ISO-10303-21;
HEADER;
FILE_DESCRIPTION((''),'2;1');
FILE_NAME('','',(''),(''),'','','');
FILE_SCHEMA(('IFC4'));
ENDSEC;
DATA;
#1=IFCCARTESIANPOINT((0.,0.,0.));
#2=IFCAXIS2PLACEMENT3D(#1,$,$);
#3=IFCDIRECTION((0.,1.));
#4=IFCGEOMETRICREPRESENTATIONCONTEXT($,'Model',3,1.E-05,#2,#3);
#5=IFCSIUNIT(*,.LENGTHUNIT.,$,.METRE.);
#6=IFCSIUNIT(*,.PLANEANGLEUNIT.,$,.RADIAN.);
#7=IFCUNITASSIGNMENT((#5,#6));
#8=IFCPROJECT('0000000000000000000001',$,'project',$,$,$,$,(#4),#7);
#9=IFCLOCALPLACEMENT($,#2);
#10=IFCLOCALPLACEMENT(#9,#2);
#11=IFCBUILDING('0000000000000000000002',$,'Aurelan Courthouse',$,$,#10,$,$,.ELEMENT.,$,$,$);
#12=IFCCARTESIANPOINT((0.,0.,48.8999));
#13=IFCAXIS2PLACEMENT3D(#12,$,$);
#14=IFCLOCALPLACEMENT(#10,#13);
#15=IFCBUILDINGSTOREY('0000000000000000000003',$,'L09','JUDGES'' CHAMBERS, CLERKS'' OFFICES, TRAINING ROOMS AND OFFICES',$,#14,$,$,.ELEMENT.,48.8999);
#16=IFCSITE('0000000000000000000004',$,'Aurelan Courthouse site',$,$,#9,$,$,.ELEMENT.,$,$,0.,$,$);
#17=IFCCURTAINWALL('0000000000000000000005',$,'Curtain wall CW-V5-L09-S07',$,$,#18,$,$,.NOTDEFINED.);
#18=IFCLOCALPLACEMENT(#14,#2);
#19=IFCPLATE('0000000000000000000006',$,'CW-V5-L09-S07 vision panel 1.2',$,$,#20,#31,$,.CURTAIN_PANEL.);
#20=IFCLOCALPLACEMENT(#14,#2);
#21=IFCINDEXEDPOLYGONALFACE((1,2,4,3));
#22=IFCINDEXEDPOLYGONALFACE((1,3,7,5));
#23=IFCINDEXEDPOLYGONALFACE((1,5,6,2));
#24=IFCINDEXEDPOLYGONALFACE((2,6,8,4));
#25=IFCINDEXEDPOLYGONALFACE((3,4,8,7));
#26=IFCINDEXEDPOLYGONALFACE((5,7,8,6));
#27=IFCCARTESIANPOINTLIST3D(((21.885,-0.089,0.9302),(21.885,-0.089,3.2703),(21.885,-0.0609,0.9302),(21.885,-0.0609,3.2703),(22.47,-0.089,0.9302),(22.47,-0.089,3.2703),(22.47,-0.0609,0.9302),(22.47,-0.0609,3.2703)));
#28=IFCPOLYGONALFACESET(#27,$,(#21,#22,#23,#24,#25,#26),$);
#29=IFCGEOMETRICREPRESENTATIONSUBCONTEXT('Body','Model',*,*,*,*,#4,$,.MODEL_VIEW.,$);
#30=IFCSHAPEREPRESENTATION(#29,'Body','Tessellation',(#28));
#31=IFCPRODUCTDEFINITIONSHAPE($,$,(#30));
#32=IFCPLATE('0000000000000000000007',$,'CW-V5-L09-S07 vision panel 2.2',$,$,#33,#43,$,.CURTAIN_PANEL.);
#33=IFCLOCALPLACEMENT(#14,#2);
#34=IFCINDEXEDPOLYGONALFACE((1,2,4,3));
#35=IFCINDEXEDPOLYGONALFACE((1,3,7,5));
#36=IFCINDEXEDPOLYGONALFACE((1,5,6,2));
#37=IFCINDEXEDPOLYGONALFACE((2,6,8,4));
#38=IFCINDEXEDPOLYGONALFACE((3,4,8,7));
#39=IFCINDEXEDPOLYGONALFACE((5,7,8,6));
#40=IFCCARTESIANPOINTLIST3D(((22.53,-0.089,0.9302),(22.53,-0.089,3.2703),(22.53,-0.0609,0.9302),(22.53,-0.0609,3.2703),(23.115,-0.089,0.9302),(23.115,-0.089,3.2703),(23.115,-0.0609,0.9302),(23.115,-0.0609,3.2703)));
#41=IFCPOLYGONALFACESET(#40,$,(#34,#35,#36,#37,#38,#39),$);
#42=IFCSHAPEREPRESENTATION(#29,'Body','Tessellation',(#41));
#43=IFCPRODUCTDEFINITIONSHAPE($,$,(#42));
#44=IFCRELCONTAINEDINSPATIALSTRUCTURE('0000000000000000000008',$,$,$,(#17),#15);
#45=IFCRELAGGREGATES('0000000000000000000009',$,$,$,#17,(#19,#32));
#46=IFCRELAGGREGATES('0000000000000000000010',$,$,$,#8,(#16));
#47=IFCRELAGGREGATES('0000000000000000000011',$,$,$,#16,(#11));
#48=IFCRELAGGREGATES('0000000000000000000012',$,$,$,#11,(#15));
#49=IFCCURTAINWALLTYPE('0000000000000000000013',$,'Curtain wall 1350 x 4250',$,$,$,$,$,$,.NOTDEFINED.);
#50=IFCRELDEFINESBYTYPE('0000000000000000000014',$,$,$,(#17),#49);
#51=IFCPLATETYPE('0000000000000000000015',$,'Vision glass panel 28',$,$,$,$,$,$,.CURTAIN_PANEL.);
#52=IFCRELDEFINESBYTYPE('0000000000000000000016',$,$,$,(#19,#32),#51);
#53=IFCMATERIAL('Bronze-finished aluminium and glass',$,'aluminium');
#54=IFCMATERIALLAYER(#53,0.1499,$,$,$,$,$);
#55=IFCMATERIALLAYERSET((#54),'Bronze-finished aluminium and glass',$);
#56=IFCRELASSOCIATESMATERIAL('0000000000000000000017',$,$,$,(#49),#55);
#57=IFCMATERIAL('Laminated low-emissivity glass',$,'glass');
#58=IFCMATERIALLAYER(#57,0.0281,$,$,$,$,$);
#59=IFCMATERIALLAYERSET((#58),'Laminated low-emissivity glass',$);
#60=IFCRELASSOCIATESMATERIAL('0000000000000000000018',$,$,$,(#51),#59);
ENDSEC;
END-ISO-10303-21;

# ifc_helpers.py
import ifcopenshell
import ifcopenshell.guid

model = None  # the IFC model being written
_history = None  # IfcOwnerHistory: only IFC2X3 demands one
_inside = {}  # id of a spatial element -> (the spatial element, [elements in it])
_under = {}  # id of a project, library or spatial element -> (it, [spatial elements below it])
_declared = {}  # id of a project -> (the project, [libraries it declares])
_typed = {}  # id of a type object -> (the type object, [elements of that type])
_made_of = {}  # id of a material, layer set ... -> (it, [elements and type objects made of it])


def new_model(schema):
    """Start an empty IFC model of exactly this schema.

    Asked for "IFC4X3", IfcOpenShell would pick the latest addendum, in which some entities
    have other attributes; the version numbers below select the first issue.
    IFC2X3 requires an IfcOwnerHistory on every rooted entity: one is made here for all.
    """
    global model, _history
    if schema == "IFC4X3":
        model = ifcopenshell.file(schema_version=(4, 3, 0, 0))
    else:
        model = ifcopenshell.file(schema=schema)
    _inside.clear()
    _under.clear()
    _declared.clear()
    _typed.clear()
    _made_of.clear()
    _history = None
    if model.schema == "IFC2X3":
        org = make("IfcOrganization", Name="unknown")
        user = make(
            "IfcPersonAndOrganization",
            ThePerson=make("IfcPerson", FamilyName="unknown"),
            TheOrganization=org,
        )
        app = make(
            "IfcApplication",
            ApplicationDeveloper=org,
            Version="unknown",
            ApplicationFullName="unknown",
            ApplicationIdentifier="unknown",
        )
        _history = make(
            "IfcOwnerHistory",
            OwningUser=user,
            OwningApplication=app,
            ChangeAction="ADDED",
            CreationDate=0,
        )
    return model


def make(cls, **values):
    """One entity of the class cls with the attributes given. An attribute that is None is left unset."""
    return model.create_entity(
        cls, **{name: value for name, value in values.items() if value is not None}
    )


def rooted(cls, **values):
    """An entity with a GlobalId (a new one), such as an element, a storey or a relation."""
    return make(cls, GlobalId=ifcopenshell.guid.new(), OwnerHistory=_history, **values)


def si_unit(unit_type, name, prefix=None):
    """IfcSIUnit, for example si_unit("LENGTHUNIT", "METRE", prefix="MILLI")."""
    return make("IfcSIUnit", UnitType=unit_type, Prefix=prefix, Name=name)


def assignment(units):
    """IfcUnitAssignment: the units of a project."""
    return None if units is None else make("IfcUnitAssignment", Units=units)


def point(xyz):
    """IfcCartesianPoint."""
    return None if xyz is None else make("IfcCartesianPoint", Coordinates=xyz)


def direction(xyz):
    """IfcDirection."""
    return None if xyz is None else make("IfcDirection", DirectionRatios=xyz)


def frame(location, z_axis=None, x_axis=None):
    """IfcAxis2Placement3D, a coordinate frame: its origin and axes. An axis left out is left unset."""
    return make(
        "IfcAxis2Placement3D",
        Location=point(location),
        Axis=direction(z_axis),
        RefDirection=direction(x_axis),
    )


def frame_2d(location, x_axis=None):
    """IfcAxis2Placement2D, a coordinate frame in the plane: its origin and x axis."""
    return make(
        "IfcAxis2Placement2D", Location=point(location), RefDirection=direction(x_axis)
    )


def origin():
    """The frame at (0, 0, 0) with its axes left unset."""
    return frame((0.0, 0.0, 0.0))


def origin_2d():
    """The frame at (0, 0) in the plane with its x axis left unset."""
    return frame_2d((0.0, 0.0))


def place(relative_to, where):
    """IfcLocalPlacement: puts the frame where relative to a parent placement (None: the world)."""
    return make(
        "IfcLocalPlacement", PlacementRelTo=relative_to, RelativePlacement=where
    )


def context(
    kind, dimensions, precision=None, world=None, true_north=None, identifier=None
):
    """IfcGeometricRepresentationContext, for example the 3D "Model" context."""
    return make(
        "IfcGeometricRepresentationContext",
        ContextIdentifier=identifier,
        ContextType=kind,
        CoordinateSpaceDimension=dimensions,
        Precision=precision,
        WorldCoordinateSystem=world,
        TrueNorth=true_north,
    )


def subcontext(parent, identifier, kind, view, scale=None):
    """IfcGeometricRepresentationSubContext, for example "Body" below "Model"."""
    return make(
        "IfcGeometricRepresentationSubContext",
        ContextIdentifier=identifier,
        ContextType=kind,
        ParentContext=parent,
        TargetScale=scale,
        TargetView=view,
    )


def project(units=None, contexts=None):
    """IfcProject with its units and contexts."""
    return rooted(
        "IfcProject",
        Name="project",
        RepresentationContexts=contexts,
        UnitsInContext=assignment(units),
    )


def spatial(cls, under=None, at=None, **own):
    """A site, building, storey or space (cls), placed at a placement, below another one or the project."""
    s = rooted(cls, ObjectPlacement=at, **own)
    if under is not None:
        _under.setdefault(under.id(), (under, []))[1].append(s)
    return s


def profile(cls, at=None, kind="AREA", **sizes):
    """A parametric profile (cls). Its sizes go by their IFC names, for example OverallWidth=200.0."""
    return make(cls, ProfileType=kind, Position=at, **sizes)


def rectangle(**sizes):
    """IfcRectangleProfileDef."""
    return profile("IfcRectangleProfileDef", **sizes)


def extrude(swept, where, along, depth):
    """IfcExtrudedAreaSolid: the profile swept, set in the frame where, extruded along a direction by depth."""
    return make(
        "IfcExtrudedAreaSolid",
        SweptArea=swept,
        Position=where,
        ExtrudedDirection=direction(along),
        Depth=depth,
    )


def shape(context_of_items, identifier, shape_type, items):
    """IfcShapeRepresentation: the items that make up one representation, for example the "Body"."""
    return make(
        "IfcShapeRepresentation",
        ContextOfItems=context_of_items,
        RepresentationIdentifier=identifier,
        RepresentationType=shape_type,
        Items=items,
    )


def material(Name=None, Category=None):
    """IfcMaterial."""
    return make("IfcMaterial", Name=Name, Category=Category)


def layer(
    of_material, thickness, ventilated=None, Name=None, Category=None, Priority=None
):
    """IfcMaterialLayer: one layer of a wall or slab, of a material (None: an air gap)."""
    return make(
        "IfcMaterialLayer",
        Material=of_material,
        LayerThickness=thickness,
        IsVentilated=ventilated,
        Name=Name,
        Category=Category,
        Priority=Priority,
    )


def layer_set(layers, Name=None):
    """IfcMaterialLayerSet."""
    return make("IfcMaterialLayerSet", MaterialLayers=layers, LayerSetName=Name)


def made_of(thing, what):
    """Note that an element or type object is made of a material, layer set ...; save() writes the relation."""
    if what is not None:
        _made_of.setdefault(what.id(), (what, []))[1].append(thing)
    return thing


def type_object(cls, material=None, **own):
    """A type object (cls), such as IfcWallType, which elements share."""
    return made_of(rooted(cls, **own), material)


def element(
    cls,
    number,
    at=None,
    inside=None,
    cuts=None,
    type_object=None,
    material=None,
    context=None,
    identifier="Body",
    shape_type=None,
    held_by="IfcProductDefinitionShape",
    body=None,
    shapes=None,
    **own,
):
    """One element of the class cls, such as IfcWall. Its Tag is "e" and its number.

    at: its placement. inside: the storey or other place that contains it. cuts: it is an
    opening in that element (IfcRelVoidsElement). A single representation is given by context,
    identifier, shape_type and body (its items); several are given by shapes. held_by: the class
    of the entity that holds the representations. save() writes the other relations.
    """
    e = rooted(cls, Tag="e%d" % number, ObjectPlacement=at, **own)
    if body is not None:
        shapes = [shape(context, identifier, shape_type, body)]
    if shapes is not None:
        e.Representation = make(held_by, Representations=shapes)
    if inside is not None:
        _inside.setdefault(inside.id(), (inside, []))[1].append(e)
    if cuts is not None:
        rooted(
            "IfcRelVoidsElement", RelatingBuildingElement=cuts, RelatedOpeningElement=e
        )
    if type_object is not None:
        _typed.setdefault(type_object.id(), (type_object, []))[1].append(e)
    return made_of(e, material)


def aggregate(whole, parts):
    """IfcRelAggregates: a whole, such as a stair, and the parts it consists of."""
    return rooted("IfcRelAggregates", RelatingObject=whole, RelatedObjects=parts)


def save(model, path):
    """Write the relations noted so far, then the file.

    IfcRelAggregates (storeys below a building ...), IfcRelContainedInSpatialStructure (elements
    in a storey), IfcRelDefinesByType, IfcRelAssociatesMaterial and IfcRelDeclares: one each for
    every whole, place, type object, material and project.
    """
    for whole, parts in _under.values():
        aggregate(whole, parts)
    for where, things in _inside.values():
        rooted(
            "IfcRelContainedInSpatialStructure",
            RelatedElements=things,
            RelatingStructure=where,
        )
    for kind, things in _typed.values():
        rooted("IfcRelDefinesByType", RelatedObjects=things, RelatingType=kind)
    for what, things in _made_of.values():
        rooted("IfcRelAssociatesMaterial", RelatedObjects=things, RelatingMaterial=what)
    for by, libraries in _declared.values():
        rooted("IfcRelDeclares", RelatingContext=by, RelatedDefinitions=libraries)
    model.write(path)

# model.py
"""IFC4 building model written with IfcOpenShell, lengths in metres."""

from ifc_helpers import new_model, si_unit, direction, frame, origin, origin_2d, place, context, subcontext, project, spatial, rectangle, extrude, material, layer, layer_set, type_object, element, aggregate, save


model = new_model("IFC4")

# Units and contexts
model_context = context("Model", 3, precision=1e-05, world=origin(), true_north=direction((0.0, 1.0)))
body_context = subcontext(model_context, "Body", "Model", "MODEL_VIEW")
ifc_project = project(units=[si_unit("LENGTHUNIT", "METRE"), si_unit("PLANEANGLEUNIT", "RADIAN")], contexts=[model_context])

# Site, building, storey
site_placement = place(None, origin())
site = spatial("IfcSite", under=ifc_project, at=site_placement, Name="Aurelan Courthouse site", CompositionType="ELEMENT", RefElevation=0.0)
building_placement = place(site_placement, origin())
building = spatial("IfcBuilding", under=site, at=building_placement, Name="Aurelan Courthouse", CompositionType="ELEMENT")
storey_placement = place(building_placement, frame((0.0, 0.0, 48.8999)))
storey = spatial("IfcBuildingStorey", under=building, at=storey_placement, Name="L09", Description="JUDGES' CHAMBERS, CLERKS' OFFICES, TRAINING ROOMS AND OFFICES", CompositionType="ELEMENT", Elevation=48.8999)

# Curtain wall
ifc_material_1 = material(Name="Bronze-finished aluminium and glass", Category="aluminium")
ifc_layer_1 = layer(ifc_material_1, 0.1499)
ifc_layer_set_1 = layer_set([ifc_layer_1], Name="Bronze-finished aluminium and glass")
curtain_wall_type = type_object("IfcCurtainWallType", Name="Curtain wall 1350 x 4250", PredefinedType="NOTDEFINED", material=ifc_layer_set_1)
curtain_wall_1_placement = place(storey_placement, origin())
curtain_wall_1 = element("IfcCurtainWall", 1, at=curtain_wall_1_placement, inside=storey, type_object=curtain_wall_type, Name="Curtain wall CW-V5-L09-S07", PredefinedType="NOTDEFINED")

# Plates
ifc_material_2 = material(Name="Laminated low-emissivity glass", Category="glass")
ifc_layer_2 = layer(ifc_material_2, 0.0281)
ifc_layer_set_2 = layer_set([ifc_layer_2], Name="Laminated low-emissivity glass")
plate_type_1 = type_object("IfcPlateType", Name="Vision glass panel 28", PredefinedType="CURTAIN_PANEL", material=ifc_layer_set_2)
plate_1_placement = place(storey_placement, frame((22.1775, -0.075, 0.9302), z_axis=(0.0, 0.0, 1.0), x_axis=(1.0, 0.0, 0.0)))
plate_1 = element("IfcPlate", 2, at=plate_1_placement, type_object=plate_type_1, Name="CW-V5-L09-S07 vision panel 1.2", PredefinedType="CURTAIN_PANEL", context=body_context, shape_type="SweptSolid", body=[
    extrude(rectangle(XDim=0.585, YDim=0.0281, at=origin_2d()), origin(), (0.0, 0.0, 1.0), 2.3401),
])
plate_2_placement = place(storey_placement, frame((22.8225, -0.075, 0.9302), z_axis=(0.0, 0.0, 1.0), x_axis=(1.0, 0.0, 0.0)))
plate_2 = element("IfcPlate", 3, at=plate_2_placement, type_object=plate_type_1, Name="CW-V5-L09-S07 vision panel 2.2", PredefinedType="CURTAIN_PANEL", context=body_context, shape_type="SweptSolid", body=[
    extrude(rectangle(XDim=0.585, YDim=0.0281, at=origin_2d()), origin(), (0.0, 0.0, 1.0), 2.3401),
])
aggregate(curtain_wall_1, [plate_1, plate_2])

save(model, "model.ifc")
